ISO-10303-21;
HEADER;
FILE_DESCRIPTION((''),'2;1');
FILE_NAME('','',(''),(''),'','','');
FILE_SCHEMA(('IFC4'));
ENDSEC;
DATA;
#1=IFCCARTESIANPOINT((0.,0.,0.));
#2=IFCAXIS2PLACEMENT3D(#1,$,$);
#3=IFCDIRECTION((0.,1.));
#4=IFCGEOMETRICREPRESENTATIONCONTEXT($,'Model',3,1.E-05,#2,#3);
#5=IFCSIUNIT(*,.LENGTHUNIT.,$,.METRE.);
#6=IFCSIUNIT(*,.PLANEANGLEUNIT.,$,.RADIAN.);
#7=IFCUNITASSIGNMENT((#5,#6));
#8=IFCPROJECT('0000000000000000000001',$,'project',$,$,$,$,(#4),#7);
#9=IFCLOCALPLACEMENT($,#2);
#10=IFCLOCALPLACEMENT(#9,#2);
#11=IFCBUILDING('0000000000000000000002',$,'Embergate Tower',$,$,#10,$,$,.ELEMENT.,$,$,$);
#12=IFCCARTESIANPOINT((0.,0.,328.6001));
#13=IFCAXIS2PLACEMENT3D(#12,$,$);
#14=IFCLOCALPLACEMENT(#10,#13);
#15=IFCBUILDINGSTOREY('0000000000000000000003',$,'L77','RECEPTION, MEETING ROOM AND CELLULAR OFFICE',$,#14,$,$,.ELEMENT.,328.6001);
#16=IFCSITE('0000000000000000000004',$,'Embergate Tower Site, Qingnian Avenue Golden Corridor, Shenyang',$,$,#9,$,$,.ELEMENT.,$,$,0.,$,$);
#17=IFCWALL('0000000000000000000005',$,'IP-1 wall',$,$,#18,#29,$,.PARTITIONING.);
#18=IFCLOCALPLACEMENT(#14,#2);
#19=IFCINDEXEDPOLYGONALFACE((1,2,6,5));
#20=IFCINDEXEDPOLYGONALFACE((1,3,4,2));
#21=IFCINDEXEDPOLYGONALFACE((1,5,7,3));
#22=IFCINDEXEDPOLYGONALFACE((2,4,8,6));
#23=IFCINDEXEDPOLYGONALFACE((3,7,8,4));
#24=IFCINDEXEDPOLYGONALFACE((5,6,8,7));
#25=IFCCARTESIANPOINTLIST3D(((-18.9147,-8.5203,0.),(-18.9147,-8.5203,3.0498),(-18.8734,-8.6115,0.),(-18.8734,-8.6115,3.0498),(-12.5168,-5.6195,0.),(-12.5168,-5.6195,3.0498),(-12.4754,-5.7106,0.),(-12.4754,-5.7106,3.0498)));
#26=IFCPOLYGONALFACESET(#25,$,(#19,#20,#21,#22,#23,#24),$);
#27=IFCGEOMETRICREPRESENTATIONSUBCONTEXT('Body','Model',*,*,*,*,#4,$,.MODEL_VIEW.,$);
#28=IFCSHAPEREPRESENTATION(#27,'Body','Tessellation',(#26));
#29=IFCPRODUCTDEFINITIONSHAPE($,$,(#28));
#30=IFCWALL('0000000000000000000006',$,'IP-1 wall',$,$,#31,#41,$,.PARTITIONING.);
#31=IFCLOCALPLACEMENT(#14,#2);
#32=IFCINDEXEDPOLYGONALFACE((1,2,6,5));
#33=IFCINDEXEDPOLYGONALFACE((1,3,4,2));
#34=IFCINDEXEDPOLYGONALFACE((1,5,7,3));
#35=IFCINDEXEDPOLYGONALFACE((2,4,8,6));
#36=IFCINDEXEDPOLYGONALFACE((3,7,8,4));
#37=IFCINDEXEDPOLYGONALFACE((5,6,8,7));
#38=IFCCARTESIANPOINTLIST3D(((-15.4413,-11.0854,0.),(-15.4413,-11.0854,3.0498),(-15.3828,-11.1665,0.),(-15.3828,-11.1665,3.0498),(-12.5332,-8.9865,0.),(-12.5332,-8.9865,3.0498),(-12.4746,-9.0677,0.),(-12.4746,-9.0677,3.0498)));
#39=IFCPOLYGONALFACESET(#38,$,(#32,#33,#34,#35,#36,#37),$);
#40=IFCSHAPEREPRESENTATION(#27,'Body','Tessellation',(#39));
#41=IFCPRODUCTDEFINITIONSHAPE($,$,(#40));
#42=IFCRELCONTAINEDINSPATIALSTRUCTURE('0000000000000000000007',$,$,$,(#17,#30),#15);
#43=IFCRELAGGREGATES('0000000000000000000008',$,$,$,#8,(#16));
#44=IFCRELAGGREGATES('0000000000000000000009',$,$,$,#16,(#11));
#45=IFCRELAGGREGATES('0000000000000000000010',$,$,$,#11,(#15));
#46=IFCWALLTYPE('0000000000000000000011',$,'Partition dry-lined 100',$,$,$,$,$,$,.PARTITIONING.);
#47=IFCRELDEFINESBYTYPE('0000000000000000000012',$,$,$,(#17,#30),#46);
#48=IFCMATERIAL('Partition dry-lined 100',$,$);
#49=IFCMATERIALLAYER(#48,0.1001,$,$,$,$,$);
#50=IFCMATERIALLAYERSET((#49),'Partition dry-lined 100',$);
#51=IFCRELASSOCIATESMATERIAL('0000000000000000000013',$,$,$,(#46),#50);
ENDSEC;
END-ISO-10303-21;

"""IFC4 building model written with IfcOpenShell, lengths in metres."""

from ifc_helpers import new_model, si_unit, direction, frame, frame_2d, origin, place, context, subcontext, project, spatial, rectangle, extrude, source, transform, mapped, material, layer, layer_set, type_object, element, save


model = new_model("IFC4")

# Units and contexts
model_context = context("Model", 3, precision=1e-05, world=origin(), true_north=direction((0.0, 1.0)))
body_context = subcontext(model_context, "Body", "Model", "MODEL_VIEW")
ifc_project = project(units=[si_unit("LENGTHUNIT", "METRE"), si_unit("PLANEANGLEUNIT", "RADIAN")], contexts=[model_context])

# Site, building, storey
site_placement = place(None, origin())
site = spatial("IfcSite", under=ifc_project, at=site_placement, Name="Embergate Tower Site, Qingnian Avenue Golden Corridor, Shenyang", CompositionType="ELEMENT", RefElevation=0.0)
building_placement = place(site_placement, origin())
building = spatial("IfcBuilding", under=site, at=building_placement, Name="Embergate Tower", CompositionType="ELEMENT")
storey_placement = place(building_placement, frame((0.0, 0.0, 328.6001)))
storey = spatial("IfcBuildingStorey", under=building, at=storey_placement, Name="L77", Description="RECEPTION, MEETING ROOM AND CELLULAR OFFICE", CompositionType="ELEMENT", Elevation=328.6001)

# Walls
ifc_material_1 = material(Name="Partition dry-lined 100")
ifc_layer_1 = layer(ifc_material_1, 0.1001)
ifc_layer_set_1 = layer_set([ifc_layer_1], Name="Partition dry-lined 100")
wall_type_1 = type_object("IfcWallType", Name="Partition dry-lined 100", PredefinedType="PARTITIONING", material=ifc_layer_set_1)
shared_shape_1 = source(origin(), body_context, "Body", "SweptSolid", [
    extrude(rectangle(XDim=7.0249, YDim=0.1001, at=frame_2d((3.5125, 0.0))), origin(), (0.0, 0.0, 1.0), 3.0498),
])
wall_1_placement = place(storey_placement, frame((-12.4961, -5.665, 0.0), z_axis=(0.0, 0.0, 1.0), x_axis=(-0.910756, -0.412944, 0.0)))
element("IfcWall", 1, at=wall_1_placement, inside=storey, type_object=wall_type_1, Name="IP-1 wall", PredefinedType="PARTITIONING", context=body_context, shape_type="MappedRepresentation", body=[
    mapped(shared_shape_1, transform((0.0, 0.0, 0.0))),
])
shared_shape_2 = source(origin(), body_context, "Body", "SweptSolid", [
    extrude(rectangle(XDim=3.5864, YDim=0.1001, at=frame_2d((1.7932, 0.0))), origin(), (0.0, 0.0, 1.0), 3.0498),
])
wall_2_placement = place(storey_placement, frame((-12.5039, -9.0271, 0.0), z_axis=(0.0, 0.0, 1.0), x_axis=(-0.810877, -0.585217, 0.0)))
element("IfcWall", 2, at=wall_2_placement, inside=storey, type_object=wall_type_1, Name="IP-1 wall", PredefinedType="PARTITIONING", context=body_context, shape_type="MappedRepresentation", body=[
    mapped(shared_shape_2, transform((0.0, 0.0, 0.0))),
])

save(model, "model.ifc")
